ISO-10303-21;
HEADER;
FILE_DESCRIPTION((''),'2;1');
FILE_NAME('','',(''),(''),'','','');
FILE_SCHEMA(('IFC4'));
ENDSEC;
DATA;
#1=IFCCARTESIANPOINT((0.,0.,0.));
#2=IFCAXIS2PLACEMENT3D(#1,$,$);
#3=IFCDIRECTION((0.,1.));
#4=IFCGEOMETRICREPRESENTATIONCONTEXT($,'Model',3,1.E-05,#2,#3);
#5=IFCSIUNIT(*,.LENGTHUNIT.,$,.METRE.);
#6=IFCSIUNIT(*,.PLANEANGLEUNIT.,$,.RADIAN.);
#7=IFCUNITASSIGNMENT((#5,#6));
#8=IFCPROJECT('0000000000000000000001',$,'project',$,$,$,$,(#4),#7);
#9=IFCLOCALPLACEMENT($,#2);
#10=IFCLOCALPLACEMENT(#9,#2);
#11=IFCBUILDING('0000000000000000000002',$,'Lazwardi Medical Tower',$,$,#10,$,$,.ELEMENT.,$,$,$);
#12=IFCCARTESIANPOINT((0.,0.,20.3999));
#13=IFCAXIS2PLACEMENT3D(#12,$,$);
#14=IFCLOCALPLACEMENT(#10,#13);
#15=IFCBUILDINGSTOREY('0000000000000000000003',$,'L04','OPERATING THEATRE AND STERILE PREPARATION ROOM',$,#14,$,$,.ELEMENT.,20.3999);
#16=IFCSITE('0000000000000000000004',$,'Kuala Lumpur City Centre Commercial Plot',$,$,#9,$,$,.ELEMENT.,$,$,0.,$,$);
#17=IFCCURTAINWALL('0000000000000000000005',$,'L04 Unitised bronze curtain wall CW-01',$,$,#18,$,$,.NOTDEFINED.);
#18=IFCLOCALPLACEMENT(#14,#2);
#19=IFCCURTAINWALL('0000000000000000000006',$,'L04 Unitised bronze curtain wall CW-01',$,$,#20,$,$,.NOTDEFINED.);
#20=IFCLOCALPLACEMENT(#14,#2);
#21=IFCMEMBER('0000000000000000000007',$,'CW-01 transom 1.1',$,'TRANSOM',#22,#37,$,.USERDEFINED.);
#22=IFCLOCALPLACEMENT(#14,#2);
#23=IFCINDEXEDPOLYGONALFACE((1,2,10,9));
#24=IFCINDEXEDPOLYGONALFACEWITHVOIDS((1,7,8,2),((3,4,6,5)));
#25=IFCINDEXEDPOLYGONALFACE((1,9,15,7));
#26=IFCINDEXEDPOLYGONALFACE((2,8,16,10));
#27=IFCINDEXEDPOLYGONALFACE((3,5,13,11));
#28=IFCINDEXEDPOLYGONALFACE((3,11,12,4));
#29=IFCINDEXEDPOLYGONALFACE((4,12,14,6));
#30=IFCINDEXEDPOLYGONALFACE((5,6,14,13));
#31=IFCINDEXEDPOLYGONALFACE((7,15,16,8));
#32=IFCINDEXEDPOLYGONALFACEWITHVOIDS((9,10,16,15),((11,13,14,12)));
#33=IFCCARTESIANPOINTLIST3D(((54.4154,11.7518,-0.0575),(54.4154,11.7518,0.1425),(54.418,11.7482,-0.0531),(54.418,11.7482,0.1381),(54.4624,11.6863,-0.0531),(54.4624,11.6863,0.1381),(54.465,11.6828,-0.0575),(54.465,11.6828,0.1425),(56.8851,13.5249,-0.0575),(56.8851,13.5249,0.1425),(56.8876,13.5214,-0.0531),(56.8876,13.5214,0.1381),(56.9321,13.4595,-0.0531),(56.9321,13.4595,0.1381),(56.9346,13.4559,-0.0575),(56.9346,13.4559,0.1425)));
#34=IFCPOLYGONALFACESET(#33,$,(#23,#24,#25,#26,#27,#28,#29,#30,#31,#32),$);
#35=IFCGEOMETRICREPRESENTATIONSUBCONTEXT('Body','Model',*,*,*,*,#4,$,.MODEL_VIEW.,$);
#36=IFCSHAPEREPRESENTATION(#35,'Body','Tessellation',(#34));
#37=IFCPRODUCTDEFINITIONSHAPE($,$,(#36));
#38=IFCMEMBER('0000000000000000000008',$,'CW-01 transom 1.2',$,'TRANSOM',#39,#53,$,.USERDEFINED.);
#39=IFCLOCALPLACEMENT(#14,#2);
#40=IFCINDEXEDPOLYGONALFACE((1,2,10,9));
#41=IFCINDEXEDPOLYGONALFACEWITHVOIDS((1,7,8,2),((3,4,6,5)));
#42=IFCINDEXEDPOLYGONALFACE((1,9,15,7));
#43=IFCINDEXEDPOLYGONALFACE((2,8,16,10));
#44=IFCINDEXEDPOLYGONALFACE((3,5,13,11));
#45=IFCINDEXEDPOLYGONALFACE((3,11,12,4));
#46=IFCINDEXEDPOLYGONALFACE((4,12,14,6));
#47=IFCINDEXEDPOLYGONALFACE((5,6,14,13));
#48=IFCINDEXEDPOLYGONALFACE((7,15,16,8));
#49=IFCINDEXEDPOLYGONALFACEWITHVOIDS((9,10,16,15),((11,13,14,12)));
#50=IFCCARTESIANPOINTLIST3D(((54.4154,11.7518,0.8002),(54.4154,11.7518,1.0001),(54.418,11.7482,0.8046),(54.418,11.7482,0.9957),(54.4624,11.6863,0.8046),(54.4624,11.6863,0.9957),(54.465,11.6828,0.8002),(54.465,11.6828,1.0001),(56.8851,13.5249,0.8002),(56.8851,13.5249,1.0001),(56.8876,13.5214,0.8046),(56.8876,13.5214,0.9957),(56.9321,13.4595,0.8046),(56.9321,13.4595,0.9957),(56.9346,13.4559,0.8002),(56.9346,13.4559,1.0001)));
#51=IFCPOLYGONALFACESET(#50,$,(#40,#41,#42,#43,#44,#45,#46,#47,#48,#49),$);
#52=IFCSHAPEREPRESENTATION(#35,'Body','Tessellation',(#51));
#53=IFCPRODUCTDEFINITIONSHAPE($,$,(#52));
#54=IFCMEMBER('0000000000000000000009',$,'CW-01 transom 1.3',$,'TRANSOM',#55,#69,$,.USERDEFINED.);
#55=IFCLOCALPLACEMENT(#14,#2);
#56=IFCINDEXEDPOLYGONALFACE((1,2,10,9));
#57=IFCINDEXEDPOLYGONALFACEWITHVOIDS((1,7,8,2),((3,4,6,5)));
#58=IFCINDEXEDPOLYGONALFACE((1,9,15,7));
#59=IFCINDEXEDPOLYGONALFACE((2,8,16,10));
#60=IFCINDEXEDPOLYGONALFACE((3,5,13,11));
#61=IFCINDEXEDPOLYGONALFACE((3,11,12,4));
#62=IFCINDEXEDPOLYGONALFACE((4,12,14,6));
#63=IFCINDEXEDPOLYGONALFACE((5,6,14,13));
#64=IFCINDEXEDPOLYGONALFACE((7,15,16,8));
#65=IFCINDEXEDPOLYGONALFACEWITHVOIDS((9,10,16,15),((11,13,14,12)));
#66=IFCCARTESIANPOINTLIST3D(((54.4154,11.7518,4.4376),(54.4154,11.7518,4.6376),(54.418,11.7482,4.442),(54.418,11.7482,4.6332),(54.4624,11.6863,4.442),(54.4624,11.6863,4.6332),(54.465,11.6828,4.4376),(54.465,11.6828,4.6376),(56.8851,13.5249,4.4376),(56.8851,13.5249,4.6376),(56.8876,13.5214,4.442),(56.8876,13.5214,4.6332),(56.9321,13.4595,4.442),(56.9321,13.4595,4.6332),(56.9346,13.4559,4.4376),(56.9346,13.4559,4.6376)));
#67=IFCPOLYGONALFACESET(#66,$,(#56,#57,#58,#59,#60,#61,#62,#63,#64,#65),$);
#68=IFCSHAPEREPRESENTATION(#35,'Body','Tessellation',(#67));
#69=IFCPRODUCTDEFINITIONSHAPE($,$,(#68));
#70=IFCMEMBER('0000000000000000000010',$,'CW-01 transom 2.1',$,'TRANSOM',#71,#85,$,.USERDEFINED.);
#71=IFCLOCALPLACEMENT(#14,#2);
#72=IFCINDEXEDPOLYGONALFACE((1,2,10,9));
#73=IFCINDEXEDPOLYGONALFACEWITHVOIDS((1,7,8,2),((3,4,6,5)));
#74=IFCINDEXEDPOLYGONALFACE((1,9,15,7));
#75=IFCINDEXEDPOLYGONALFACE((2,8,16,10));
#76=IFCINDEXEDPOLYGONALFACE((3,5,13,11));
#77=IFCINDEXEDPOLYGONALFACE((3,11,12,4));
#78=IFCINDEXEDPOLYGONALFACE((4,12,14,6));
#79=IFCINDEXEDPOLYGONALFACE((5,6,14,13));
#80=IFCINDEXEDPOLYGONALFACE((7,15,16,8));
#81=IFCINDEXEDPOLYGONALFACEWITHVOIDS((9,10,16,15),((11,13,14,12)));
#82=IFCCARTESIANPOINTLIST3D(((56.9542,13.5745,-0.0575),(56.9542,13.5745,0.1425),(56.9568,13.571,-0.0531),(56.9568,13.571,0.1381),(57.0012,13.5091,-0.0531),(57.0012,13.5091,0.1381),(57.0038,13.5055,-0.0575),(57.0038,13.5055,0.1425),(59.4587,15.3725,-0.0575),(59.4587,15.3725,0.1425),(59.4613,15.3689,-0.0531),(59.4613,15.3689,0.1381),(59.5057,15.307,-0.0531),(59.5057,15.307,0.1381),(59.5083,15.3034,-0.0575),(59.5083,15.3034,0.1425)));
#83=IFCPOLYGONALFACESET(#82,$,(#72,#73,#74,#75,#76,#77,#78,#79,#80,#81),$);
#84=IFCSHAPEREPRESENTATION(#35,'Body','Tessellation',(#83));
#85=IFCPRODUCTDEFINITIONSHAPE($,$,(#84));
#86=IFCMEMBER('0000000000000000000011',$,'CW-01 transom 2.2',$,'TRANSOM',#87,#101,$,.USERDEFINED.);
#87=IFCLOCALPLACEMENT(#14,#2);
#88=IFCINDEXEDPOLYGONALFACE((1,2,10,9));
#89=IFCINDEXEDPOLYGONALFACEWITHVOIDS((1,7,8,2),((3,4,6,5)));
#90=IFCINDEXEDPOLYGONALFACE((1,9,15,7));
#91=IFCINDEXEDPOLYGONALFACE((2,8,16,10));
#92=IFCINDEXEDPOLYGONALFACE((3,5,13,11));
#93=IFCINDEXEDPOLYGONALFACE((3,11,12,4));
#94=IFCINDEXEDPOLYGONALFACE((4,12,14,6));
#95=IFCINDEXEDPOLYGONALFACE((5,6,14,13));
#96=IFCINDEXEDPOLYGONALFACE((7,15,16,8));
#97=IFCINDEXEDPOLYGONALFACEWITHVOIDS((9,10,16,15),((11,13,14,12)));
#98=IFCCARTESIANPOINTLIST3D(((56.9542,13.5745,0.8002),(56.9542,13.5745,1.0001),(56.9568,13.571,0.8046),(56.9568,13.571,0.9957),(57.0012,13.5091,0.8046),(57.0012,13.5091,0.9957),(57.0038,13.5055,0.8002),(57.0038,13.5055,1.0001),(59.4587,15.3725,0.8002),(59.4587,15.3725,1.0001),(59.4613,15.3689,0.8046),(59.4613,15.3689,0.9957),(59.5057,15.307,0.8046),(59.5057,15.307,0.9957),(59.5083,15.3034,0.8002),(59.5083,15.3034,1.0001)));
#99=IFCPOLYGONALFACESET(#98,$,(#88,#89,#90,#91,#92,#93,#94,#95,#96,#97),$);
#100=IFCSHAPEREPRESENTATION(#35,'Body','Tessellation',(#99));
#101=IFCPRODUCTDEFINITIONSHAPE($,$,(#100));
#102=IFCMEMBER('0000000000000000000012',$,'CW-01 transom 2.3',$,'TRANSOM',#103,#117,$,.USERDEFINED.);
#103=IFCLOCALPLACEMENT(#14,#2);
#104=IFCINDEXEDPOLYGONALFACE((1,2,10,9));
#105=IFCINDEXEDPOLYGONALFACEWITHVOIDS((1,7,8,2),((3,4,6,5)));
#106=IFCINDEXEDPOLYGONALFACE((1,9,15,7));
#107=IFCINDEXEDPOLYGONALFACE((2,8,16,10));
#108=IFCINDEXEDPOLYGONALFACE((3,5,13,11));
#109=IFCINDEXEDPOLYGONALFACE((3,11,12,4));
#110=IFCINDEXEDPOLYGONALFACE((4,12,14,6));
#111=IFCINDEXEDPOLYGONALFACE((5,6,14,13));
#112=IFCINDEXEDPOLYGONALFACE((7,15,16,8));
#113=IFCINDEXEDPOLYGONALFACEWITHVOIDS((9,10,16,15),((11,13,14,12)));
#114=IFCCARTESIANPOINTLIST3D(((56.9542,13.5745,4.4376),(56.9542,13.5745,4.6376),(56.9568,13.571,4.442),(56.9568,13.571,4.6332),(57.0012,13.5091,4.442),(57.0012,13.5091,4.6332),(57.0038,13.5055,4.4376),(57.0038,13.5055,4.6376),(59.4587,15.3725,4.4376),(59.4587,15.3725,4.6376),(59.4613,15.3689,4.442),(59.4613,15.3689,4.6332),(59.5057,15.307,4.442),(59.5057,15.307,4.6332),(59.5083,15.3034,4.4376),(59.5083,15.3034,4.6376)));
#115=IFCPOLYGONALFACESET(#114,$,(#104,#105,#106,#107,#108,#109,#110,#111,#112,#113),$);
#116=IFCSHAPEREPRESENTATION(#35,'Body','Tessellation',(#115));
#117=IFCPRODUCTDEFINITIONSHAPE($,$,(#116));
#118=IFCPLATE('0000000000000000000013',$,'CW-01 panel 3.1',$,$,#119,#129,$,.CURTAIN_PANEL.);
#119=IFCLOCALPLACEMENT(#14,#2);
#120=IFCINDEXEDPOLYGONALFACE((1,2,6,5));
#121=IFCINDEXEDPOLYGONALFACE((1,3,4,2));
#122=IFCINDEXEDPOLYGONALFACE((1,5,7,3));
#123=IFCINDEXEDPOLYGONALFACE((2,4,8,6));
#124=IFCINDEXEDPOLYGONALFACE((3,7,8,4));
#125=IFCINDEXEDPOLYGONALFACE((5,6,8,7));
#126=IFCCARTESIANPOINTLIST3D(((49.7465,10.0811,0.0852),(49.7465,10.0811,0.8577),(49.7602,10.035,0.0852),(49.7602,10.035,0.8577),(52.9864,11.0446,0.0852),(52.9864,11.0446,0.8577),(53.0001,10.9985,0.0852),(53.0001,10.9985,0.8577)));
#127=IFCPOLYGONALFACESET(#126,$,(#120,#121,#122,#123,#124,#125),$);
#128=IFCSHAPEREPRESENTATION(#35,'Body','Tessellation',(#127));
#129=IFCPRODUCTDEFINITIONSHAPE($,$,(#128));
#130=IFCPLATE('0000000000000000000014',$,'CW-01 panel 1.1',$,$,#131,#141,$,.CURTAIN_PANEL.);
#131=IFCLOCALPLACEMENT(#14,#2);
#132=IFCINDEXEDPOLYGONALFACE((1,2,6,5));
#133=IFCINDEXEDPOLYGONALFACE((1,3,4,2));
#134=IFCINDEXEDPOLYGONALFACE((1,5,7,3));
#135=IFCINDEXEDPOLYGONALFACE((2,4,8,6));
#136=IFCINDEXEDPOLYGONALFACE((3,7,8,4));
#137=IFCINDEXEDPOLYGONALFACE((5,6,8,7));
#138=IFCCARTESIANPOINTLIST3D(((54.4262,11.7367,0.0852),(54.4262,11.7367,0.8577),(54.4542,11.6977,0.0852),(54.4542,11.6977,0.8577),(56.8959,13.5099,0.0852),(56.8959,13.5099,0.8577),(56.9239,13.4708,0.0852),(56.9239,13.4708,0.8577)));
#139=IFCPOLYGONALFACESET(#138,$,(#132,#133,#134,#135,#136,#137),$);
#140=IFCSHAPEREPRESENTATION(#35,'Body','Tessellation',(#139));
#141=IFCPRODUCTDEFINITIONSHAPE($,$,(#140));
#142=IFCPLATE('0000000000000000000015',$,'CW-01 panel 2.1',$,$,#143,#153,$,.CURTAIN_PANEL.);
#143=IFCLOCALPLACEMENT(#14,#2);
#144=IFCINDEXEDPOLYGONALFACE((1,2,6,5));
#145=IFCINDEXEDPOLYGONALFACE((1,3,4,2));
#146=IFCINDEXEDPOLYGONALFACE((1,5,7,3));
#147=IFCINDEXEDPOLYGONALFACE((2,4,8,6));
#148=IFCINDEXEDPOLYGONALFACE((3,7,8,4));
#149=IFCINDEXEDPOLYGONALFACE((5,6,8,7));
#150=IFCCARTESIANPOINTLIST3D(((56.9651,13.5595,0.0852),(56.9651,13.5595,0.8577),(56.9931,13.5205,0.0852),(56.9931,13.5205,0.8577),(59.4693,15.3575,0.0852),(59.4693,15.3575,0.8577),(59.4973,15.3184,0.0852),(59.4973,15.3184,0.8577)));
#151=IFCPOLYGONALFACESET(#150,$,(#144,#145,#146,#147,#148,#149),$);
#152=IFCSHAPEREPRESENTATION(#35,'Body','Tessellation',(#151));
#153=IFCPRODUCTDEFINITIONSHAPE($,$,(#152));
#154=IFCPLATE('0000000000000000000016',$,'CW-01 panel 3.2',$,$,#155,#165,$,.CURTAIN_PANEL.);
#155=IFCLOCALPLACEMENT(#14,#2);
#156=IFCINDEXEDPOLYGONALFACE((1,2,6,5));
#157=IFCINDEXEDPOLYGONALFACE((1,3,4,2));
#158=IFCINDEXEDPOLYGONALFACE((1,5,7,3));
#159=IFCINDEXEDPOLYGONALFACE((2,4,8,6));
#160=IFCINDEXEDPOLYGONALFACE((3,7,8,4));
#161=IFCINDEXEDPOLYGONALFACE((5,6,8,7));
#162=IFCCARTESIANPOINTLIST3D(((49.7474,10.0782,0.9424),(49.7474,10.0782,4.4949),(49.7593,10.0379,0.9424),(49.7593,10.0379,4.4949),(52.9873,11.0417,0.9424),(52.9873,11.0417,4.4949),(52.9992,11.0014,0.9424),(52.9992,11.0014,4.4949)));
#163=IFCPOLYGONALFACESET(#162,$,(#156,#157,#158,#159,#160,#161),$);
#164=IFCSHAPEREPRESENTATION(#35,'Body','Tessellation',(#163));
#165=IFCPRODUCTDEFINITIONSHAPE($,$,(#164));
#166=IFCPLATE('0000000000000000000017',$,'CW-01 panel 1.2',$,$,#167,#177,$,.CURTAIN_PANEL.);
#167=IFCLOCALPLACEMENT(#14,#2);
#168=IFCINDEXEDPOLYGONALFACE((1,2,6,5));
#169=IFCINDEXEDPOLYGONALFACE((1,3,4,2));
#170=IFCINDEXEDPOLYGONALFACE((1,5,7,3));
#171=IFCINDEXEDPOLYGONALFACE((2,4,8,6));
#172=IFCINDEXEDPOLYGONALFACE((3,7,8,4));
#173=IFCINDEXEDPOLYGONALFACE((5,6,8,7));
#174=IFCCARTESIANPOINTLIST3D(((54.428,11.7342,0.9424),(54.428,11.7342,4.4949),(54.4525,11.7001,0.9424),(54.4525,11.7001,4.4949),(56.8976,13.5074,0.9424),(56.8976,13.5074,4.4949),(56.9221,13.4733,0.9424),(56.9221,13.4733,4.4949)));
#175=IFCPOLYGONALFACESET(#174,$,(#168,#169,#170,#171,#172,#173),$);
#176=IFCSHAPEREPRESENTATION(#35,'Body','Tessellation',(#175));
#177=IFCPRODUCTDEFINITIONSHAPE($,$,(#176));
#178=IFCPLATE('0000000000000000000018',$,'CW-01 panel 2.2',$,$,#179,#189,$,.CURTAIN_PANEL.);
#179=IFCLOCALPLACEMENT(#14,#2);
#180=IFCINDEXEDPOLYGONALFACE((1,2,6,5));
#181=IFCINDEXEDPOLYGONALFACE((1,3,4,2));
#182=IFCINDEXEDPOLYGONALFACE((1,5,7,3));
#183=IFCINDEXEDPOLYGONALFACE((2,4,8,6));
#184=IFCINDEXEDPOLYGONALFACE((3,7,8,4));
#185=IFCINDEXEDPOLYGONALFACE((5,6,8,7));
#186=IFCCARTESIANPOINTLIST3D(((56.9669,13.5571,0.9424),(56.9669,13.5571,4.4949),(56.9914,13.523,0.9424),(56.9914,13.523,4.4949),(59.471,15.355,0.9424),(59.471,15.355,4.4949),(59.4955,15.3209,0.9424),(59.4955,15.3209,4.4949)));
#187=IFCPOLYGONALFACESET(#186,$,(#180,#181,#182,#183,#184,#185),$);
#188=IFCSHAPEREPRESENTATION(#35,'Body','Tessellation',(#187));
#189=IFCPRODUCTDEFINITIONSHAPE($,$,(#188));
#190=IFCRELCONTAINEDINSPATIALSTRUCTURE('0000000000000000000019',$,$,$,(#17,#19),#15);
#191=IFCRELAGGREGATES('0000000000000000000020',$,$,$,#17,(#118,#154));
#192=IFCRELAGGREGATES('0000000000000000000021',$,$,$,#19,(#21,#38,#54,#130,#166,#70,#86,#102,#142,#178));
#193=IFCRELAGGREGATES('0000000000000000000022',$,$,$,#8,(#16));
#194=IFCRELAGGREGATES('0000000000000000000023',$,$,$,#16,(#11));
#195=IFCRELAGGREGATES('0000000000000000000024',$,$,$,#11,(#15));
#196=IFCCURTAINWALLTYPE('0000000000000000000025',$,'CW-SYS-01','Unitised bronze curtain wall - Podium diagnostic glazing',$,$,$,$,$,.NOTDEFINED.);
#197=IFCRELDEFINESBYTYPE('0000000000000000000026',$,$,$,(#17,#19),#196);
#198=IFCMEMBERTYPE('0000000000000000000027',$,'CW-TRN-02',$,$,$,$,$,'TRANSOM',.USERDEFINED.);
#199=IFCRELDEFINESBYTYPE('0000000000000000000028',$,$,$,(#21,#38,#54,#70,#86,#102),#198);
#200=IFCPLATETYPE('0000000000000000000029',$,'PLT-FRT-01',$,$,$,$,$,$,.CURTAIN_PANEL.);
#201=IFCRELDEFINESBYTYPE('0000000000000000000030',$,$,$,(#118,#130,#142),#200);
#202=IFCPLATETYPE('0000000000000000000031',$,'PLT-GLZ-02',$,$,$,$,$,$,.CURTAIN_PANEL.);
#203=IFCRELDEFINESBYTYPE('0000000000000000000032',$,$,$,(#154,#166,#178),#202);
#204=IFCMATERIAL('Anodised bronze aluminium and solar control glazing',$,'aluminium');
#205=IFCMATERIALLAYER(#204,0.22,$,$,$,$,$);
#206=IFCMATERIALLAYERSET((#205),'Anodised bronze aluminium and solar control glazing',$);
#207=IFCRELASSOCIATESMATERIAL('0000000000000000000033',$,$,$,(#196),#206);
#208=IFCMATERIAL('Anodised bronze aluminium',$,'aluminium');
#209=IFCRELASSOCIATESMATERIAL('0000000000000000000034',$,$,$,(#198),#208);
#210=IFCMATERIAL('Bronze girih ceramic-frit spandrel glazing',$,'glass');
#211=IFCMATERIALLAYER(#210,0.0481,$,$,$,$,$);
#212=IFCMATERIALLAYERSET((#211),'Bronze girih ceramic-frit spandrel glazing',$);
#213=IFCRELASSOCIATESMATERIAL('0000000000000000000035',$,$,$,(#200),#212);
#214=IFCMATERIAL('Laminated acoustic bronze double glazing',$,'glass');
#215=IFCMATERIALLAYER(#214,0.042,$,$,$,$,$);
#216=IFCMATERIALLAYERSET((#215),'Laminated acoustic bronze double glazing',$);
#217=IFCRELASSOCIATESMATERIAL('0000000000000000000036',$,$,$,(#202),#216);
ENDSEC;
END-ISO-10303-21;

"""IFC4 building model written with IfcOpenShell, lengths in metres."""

from ifc_helpers import new_model, si_unit, direction, frame, origin, origin_2d, place, context, subcontext, project, spatial, rectangle, hollow_rectangle, extrude, material, layer, layer_set, material_profile, profile_set, type_object, element, aggregate, save


model = new_model("IFC4")

# Units and contexts
model_context = context("Model", 3, precision=1e-05, world=origin(), true_north=direction((0.0, 1.0)))
body_context = subcontext(model_context, "Body", "Model", "MODEL_VIEW")
ifc_project = project(units=[si_unit("LENGTHUNIT", "METRE"), si_unit("PLANEANGLEUNIT", "RADIAN")], contexts=[model_context])

# Site, building, storey
site_placement = place(None, origin())
site = spatial("IfcSite", under=ifc_project, at=site_placement, Name="Kuala Lumpur City Centre Commercial Plot", CompositionType="ELEMENT", RefElevation=0.0)
building_placement = place(site_placement, origin())
building = spatial("IfcBuilding", under=site, at=building_placement, Name="Lazwardi Medical Tower", CompositionType="ELEMENT")
storey_placement = place(building_placement, frame((0.0, 0.0, 20.3999)))
storey = spatial("IfcBuildingStorey", under=building, at=storey_placement, Name="L04", Description="OPERATING THEATRE AND STERILE PREPARATION ROOM", CompositionType="ELEMENT", Elevation=20.3999)

# Curtain wall
ifc_material_1 = material(Name="Anodised bronze aluminium and solar control glazing", Category="aluminium")
ifc_layer_1 = layer(ifc_material_1, 0.22)
ifc_layer_set_1 = layer_set([ifc_layer_1], Name="Anodised bronze aluminium and solar control glazing")
curtain_wall_type = type_object("IfcCurtainWallType", Name="CW-SYS-01", Description="Unitised bronze curtain wall - Podium diagnostic glazing", PredefinedType="NOTDEFINED", material=ifc_layer_set_1)
curtain_wall_1_placement = place(storey_placement, origin())
curtain_wall_1 = element("IfcCurtainWall", 1, at=curtain_wall_1_placement, inside=storey, type_object=curtain_wall_type, Name="L04 Unitised bronze curtain wall CW-01", PredefinedType="NOTDEFINED")
ifc_material_2 = material(Name="Anodised bronze aluminium", Category="aluminium")

# Curtain wall
curtain_wall_2_placement = place(storey_placement, origin())
curtain_wall_2 = element("IfcCurtainWall", 2, at=curtain_wall_2_placement, inside=storey, type_object=curtain_wall_type, Name="L04 Unitised bronze curtain wall CW-01", PredefinedType="NOTDEFINED")

# Members
ifc_material_profile_1 = material_profile(ifc_material_2, hollow_rectangle(XDim=0.085, YDim=0.2, WallThickness=0.0044, at=origin_2d()), Name="ALU-TRANSOM 200x85x4.5")
ifc_profile_set_1 = profile_set([ifc_material_profile_1], Name="Anodised bronze aluminium")
member_type_1 = type_object("IfcMemberType", Name="CW-TRN-02", ElementType="TRANSOM", PredefinedType="USERDEFINED", material=ifc_profile_set_1)
member_1_placement = place(storey_placement, frame((54.4402, 11.7173, 0.0425), z_axis=(0.812315, 0.583219, 0.0), x_axis=(-0.583219, 0.812315, 0.0)))
member_1 = element("IfcMember", 3, at=member_1_placement, type_object=member_type_1, Name="CW-01 transom 1.1", ObjectType="TRANSOM", PredefinedType="USERDEFINED", context=body_context, shape_type="SweptSolid", body=[
    extrude(hollow_rectangle(XDim=0.085, YDim=0.2, WallThickness=0.0044, at=origin_2d()), origin(), (0.0, 0.0, 1.0), 3.0403),
])
member_2_placement = place(storey_placement, frame((54.4402, 11.7173, 0.9001), z_axis=(0.812315, 0.583219, 0.0), x_axis=(-0.583219, 0.812315, 0.0)))
member_2 = element("IfcMember", 4, at=member_2_placement, type_object=member_type_1, Name="CW-01 transom 1.2", ObjectType="TRANSOM", PredefinedType="USERDEFINED", context=body_context, shape_type="SweptSolid", body=[
    extrude(hollow_rectangle(XDim=0.085, YDim=0.2, WallThickness=0.0044, at=origin_2d()), origin(), (0.0, 0.0, 1.0), 3.0403),
])
member_3_placement = place(storey_placement, frame((54.4402, 11.7173, 4.5376), z_axis=(0.812315, 0.583219, 0.0), x_axis=(-0.583219, 0.812315, 0.0)))
member_3 = element("IfcMember", 5, at=member_3_placement, type_object=member_type_1, Name="CW-01 transom 1.3", ObjectType="TRANSOM", PredefinedType="USERDEFINED", context=body_context, shape_type="SweptSolid", body=[
    extrude(hollow_rectangle(XDim=0.085, YDim=0.2, WallThickness=0.0044, at=origin_2d()), origin(), (0.0, 0.0, 1.0), 3.0403),
])
member_4_placement = place(storey_placement, frame((56.979, 13.54, 0.0425), z_axis=(0.812351, 0.583169, 0.0), x_axis=(-0.583169, 0.812351, 0.0)))
member_4 = element("IfcMember", 6, at=member_4_placement, type_object=member_type_1, Name="CW-01 transom 2.1", ObjectType="TRANSOM", PredefinedType="USERDEFINED", context=body_context, shape_type="SweptSolid", body=[
    extrude(hollow_rectangle(XDim=0.085, YDim=0.2, WallThickness=0.0044, at=origin_2d()), origin(), (0.0, 0.0, 1.0), 3.083),
])
member_5_placement = place(storey_placement, frame((56.979, 13.54, 0.9001), z_axis=(0.812351, 0.583169, 0.0), x_axis=(-0.583169, 0.812351, 0.0)))
member_5 = element("IfcMember", 7, at=member_5_placement, type_object=member_type_1, Name="CW-01 transom 2.2", ObjectType="TRANSOM", PredefinedType="USERDEFINED", context=body_context, shape_type="SweptSolid", body=[
    extrude(hollow_rectangle(XDim=0.085, YDim=0.2, WallThickness=0.0044, at=origin_2d()), origin(), (0.0, 0.0, 1.0), 3.083),
])
member_6_placement = place(storey_placement, frame((56.979, 13.54, 4.5376), z_axis=(0.812351, 0.583169, 0.0), x_axis=(-0.583169, 0.812351, 0.0)))
member_6 = element("IfcMember", 8, at=member_6_placement, type_object=member_type_1, Name="CW-01 transom 2.3", ObjectType="TRANSOM", PredefinedType="USERDEFINED", context=body_context, shape_type="SweptSolid", body=[
    extrude(hollow_rectangle(XDim=0.085, YDim=0.2, WallThickness=0.0044, at=origin_2d()), origin(), (0.0, 0.0, 1.0), 3.083),
])

# Plates
ifc_material_3 = material(Name="Bronze girih ceramic-frit spandrel glazing", Category="glass")
ifc_layer_2 = layer(ifc_material_3, 0.0481)
ifc_layer_set_2 = layer_set([ifc_layer_2], Name="Bronze girih ceramic-frit spandrel glazing")
plate_type_1 = type_object("IfcPlateType", Name="PLT-FRT-01", PredefinedType="CURTAIN_PANEL", material=ifc_layer_set_2)
plate_1_placement = place(storey_placement, frame((51.3733, 10.5398, 0.0852), z_axis=(0.0, 0.0, 1.0), x_axis=(0.958513, 0.285047, 0.0)))
plate_1 = element("IfcPlate", 9, at=plate_1_placement, type_object=plate_type_1, Name="CW-01 panel 3.1", PredefinedType="CURTAIN_PANEL", context=body_context, shape_type="SweptSolid", body=[
    extrude(rectangle(XDim=3.3801, YDim=0.0481, at=origin_2d()), origin(), (0.0, 0.0, 1.0), 0.7725),
])
plate_2_placement = place(storey_placement, frame((55.675, 12.6038, 0.0852), z_axis=(0.0, 0.0, 1.0), x_axis=(0.812318, 0.583214, 0.0)))
plate_2 = element("IfcPlate", 10, at=plate_2_placement, type_object=plate_type_1, Name="CW-01 panel 1.1", PredefinedType="CURTAIN_PANEL", context=body_context, shape_type="SweptSolid", body=[
    extrude(rectangle(XDim=3.0403, YDim=0.0481, at=origin_2d()), origin(), (0.0, 0.0, 1.0), 0.7725),
])
plate_3_placement = place(storey_placement, frame((58.2312, 14.439, 0.0852), z_axis=(0.0, 0.0, 1.0), x_axis=(0.812318, 0.583214, 0.0)))
plate_3 = element("IfcPlate", 11, at=plate_3_placement, type_object=plate_type_1, Name="CW-01 panel 2.1", PredefinedType="CURTAIN_PANEL", context=body_context, shape_type="SweptSolid", body=[
    extrude(rectangle(XDim=3.0828, YDim=0.0481, at=origin_2d()), origin(), (0.0, 0.0, 1.0), 0.7725),
])
ifc_material_4 = material(Name="Laminated acoustic bronze double glazing", Category="glass")
ifc_layer_3 = layer(ifc_material_4, 0.042)
ifc_layer_set_3 = layer_set([ifc_layer_3], Name="Laminated acoustic bronze double glazing")
plate_type_2 = type_object("IfcPlateType", Name="PLT-GLZ-02", PredefinedType="CURTAIN_PANEL", material=ifc_layer_set_3)
plate_4_placement = place(storey_placement, frame((51.3733, 10.5398, 0.9424), z_axis=(0.0, 0.0, 1.0), x_axis=(0.958513, 0.285047, 0.0)))
plate_4 = element("IfcPlate", 12, at=plate_4_placement, type_object=plate_type_2, Name="CW-01 panel 3.2", PredefinedType="CURTAIN_PANEL", context=body_context, shape_type="SweptSolid", body=[
    extrude(rectangle(XDim=3.3801, YDim=0.042, at=origin_2d()), origin(), (0.0, 0.0, 1.0), 3.5525),
])
aggregate(curtain_wall_1, [plate_1, plate_4])
plate_5_placement = place(storey_placement, frame((55.675, 12.6038, 0.9424), z_axis=(0.0, 0.0, 1.0), x_axis=(0.812318, 0.583214, 0.0)))
plate_5 = element("IfcPlate", 13, at=plate_5_placement, type_object=plate_type_2, Name="CW-01 panel 1.2", PredefinedType="CURTAIN_PANEL", context=body_context, shape_type="SweptSolid", body=[
    extrude(rectangle(XDim=3.0403, YDim=0.042, at=origin_2d()), origin(), (0.0, 0.0, 1.0), 3.5525),
])
plate_6_placement = place(storey_placement, frame((58.2312, 14.439, 0.9424), z_axis=(0.0, 0.0, 1.0), x_axis=(0.812318, 0.583214, 0.0)))
plate_6 = element("IfcPlate", 14, at=plate_6_placement, type_object=plate_type_2, Name="CW-01 panel 2.2", PredefinedType="CURTAIN_PANEL", context=body_context, shape_type="SweptSolid", body=[
    extrude(rectangle(XDim=3.0828, YDim=0.042, at=origin_2d()), origin(), (0.0, 0.0, 1.0), 3.5525),
])
aggregate(curtain_wall_2, [member_1, member_2, member_3, plate_2, plate_5, member_4, member_5, member_6, plate_3, plate_6])

save(model, "model.ifc")
